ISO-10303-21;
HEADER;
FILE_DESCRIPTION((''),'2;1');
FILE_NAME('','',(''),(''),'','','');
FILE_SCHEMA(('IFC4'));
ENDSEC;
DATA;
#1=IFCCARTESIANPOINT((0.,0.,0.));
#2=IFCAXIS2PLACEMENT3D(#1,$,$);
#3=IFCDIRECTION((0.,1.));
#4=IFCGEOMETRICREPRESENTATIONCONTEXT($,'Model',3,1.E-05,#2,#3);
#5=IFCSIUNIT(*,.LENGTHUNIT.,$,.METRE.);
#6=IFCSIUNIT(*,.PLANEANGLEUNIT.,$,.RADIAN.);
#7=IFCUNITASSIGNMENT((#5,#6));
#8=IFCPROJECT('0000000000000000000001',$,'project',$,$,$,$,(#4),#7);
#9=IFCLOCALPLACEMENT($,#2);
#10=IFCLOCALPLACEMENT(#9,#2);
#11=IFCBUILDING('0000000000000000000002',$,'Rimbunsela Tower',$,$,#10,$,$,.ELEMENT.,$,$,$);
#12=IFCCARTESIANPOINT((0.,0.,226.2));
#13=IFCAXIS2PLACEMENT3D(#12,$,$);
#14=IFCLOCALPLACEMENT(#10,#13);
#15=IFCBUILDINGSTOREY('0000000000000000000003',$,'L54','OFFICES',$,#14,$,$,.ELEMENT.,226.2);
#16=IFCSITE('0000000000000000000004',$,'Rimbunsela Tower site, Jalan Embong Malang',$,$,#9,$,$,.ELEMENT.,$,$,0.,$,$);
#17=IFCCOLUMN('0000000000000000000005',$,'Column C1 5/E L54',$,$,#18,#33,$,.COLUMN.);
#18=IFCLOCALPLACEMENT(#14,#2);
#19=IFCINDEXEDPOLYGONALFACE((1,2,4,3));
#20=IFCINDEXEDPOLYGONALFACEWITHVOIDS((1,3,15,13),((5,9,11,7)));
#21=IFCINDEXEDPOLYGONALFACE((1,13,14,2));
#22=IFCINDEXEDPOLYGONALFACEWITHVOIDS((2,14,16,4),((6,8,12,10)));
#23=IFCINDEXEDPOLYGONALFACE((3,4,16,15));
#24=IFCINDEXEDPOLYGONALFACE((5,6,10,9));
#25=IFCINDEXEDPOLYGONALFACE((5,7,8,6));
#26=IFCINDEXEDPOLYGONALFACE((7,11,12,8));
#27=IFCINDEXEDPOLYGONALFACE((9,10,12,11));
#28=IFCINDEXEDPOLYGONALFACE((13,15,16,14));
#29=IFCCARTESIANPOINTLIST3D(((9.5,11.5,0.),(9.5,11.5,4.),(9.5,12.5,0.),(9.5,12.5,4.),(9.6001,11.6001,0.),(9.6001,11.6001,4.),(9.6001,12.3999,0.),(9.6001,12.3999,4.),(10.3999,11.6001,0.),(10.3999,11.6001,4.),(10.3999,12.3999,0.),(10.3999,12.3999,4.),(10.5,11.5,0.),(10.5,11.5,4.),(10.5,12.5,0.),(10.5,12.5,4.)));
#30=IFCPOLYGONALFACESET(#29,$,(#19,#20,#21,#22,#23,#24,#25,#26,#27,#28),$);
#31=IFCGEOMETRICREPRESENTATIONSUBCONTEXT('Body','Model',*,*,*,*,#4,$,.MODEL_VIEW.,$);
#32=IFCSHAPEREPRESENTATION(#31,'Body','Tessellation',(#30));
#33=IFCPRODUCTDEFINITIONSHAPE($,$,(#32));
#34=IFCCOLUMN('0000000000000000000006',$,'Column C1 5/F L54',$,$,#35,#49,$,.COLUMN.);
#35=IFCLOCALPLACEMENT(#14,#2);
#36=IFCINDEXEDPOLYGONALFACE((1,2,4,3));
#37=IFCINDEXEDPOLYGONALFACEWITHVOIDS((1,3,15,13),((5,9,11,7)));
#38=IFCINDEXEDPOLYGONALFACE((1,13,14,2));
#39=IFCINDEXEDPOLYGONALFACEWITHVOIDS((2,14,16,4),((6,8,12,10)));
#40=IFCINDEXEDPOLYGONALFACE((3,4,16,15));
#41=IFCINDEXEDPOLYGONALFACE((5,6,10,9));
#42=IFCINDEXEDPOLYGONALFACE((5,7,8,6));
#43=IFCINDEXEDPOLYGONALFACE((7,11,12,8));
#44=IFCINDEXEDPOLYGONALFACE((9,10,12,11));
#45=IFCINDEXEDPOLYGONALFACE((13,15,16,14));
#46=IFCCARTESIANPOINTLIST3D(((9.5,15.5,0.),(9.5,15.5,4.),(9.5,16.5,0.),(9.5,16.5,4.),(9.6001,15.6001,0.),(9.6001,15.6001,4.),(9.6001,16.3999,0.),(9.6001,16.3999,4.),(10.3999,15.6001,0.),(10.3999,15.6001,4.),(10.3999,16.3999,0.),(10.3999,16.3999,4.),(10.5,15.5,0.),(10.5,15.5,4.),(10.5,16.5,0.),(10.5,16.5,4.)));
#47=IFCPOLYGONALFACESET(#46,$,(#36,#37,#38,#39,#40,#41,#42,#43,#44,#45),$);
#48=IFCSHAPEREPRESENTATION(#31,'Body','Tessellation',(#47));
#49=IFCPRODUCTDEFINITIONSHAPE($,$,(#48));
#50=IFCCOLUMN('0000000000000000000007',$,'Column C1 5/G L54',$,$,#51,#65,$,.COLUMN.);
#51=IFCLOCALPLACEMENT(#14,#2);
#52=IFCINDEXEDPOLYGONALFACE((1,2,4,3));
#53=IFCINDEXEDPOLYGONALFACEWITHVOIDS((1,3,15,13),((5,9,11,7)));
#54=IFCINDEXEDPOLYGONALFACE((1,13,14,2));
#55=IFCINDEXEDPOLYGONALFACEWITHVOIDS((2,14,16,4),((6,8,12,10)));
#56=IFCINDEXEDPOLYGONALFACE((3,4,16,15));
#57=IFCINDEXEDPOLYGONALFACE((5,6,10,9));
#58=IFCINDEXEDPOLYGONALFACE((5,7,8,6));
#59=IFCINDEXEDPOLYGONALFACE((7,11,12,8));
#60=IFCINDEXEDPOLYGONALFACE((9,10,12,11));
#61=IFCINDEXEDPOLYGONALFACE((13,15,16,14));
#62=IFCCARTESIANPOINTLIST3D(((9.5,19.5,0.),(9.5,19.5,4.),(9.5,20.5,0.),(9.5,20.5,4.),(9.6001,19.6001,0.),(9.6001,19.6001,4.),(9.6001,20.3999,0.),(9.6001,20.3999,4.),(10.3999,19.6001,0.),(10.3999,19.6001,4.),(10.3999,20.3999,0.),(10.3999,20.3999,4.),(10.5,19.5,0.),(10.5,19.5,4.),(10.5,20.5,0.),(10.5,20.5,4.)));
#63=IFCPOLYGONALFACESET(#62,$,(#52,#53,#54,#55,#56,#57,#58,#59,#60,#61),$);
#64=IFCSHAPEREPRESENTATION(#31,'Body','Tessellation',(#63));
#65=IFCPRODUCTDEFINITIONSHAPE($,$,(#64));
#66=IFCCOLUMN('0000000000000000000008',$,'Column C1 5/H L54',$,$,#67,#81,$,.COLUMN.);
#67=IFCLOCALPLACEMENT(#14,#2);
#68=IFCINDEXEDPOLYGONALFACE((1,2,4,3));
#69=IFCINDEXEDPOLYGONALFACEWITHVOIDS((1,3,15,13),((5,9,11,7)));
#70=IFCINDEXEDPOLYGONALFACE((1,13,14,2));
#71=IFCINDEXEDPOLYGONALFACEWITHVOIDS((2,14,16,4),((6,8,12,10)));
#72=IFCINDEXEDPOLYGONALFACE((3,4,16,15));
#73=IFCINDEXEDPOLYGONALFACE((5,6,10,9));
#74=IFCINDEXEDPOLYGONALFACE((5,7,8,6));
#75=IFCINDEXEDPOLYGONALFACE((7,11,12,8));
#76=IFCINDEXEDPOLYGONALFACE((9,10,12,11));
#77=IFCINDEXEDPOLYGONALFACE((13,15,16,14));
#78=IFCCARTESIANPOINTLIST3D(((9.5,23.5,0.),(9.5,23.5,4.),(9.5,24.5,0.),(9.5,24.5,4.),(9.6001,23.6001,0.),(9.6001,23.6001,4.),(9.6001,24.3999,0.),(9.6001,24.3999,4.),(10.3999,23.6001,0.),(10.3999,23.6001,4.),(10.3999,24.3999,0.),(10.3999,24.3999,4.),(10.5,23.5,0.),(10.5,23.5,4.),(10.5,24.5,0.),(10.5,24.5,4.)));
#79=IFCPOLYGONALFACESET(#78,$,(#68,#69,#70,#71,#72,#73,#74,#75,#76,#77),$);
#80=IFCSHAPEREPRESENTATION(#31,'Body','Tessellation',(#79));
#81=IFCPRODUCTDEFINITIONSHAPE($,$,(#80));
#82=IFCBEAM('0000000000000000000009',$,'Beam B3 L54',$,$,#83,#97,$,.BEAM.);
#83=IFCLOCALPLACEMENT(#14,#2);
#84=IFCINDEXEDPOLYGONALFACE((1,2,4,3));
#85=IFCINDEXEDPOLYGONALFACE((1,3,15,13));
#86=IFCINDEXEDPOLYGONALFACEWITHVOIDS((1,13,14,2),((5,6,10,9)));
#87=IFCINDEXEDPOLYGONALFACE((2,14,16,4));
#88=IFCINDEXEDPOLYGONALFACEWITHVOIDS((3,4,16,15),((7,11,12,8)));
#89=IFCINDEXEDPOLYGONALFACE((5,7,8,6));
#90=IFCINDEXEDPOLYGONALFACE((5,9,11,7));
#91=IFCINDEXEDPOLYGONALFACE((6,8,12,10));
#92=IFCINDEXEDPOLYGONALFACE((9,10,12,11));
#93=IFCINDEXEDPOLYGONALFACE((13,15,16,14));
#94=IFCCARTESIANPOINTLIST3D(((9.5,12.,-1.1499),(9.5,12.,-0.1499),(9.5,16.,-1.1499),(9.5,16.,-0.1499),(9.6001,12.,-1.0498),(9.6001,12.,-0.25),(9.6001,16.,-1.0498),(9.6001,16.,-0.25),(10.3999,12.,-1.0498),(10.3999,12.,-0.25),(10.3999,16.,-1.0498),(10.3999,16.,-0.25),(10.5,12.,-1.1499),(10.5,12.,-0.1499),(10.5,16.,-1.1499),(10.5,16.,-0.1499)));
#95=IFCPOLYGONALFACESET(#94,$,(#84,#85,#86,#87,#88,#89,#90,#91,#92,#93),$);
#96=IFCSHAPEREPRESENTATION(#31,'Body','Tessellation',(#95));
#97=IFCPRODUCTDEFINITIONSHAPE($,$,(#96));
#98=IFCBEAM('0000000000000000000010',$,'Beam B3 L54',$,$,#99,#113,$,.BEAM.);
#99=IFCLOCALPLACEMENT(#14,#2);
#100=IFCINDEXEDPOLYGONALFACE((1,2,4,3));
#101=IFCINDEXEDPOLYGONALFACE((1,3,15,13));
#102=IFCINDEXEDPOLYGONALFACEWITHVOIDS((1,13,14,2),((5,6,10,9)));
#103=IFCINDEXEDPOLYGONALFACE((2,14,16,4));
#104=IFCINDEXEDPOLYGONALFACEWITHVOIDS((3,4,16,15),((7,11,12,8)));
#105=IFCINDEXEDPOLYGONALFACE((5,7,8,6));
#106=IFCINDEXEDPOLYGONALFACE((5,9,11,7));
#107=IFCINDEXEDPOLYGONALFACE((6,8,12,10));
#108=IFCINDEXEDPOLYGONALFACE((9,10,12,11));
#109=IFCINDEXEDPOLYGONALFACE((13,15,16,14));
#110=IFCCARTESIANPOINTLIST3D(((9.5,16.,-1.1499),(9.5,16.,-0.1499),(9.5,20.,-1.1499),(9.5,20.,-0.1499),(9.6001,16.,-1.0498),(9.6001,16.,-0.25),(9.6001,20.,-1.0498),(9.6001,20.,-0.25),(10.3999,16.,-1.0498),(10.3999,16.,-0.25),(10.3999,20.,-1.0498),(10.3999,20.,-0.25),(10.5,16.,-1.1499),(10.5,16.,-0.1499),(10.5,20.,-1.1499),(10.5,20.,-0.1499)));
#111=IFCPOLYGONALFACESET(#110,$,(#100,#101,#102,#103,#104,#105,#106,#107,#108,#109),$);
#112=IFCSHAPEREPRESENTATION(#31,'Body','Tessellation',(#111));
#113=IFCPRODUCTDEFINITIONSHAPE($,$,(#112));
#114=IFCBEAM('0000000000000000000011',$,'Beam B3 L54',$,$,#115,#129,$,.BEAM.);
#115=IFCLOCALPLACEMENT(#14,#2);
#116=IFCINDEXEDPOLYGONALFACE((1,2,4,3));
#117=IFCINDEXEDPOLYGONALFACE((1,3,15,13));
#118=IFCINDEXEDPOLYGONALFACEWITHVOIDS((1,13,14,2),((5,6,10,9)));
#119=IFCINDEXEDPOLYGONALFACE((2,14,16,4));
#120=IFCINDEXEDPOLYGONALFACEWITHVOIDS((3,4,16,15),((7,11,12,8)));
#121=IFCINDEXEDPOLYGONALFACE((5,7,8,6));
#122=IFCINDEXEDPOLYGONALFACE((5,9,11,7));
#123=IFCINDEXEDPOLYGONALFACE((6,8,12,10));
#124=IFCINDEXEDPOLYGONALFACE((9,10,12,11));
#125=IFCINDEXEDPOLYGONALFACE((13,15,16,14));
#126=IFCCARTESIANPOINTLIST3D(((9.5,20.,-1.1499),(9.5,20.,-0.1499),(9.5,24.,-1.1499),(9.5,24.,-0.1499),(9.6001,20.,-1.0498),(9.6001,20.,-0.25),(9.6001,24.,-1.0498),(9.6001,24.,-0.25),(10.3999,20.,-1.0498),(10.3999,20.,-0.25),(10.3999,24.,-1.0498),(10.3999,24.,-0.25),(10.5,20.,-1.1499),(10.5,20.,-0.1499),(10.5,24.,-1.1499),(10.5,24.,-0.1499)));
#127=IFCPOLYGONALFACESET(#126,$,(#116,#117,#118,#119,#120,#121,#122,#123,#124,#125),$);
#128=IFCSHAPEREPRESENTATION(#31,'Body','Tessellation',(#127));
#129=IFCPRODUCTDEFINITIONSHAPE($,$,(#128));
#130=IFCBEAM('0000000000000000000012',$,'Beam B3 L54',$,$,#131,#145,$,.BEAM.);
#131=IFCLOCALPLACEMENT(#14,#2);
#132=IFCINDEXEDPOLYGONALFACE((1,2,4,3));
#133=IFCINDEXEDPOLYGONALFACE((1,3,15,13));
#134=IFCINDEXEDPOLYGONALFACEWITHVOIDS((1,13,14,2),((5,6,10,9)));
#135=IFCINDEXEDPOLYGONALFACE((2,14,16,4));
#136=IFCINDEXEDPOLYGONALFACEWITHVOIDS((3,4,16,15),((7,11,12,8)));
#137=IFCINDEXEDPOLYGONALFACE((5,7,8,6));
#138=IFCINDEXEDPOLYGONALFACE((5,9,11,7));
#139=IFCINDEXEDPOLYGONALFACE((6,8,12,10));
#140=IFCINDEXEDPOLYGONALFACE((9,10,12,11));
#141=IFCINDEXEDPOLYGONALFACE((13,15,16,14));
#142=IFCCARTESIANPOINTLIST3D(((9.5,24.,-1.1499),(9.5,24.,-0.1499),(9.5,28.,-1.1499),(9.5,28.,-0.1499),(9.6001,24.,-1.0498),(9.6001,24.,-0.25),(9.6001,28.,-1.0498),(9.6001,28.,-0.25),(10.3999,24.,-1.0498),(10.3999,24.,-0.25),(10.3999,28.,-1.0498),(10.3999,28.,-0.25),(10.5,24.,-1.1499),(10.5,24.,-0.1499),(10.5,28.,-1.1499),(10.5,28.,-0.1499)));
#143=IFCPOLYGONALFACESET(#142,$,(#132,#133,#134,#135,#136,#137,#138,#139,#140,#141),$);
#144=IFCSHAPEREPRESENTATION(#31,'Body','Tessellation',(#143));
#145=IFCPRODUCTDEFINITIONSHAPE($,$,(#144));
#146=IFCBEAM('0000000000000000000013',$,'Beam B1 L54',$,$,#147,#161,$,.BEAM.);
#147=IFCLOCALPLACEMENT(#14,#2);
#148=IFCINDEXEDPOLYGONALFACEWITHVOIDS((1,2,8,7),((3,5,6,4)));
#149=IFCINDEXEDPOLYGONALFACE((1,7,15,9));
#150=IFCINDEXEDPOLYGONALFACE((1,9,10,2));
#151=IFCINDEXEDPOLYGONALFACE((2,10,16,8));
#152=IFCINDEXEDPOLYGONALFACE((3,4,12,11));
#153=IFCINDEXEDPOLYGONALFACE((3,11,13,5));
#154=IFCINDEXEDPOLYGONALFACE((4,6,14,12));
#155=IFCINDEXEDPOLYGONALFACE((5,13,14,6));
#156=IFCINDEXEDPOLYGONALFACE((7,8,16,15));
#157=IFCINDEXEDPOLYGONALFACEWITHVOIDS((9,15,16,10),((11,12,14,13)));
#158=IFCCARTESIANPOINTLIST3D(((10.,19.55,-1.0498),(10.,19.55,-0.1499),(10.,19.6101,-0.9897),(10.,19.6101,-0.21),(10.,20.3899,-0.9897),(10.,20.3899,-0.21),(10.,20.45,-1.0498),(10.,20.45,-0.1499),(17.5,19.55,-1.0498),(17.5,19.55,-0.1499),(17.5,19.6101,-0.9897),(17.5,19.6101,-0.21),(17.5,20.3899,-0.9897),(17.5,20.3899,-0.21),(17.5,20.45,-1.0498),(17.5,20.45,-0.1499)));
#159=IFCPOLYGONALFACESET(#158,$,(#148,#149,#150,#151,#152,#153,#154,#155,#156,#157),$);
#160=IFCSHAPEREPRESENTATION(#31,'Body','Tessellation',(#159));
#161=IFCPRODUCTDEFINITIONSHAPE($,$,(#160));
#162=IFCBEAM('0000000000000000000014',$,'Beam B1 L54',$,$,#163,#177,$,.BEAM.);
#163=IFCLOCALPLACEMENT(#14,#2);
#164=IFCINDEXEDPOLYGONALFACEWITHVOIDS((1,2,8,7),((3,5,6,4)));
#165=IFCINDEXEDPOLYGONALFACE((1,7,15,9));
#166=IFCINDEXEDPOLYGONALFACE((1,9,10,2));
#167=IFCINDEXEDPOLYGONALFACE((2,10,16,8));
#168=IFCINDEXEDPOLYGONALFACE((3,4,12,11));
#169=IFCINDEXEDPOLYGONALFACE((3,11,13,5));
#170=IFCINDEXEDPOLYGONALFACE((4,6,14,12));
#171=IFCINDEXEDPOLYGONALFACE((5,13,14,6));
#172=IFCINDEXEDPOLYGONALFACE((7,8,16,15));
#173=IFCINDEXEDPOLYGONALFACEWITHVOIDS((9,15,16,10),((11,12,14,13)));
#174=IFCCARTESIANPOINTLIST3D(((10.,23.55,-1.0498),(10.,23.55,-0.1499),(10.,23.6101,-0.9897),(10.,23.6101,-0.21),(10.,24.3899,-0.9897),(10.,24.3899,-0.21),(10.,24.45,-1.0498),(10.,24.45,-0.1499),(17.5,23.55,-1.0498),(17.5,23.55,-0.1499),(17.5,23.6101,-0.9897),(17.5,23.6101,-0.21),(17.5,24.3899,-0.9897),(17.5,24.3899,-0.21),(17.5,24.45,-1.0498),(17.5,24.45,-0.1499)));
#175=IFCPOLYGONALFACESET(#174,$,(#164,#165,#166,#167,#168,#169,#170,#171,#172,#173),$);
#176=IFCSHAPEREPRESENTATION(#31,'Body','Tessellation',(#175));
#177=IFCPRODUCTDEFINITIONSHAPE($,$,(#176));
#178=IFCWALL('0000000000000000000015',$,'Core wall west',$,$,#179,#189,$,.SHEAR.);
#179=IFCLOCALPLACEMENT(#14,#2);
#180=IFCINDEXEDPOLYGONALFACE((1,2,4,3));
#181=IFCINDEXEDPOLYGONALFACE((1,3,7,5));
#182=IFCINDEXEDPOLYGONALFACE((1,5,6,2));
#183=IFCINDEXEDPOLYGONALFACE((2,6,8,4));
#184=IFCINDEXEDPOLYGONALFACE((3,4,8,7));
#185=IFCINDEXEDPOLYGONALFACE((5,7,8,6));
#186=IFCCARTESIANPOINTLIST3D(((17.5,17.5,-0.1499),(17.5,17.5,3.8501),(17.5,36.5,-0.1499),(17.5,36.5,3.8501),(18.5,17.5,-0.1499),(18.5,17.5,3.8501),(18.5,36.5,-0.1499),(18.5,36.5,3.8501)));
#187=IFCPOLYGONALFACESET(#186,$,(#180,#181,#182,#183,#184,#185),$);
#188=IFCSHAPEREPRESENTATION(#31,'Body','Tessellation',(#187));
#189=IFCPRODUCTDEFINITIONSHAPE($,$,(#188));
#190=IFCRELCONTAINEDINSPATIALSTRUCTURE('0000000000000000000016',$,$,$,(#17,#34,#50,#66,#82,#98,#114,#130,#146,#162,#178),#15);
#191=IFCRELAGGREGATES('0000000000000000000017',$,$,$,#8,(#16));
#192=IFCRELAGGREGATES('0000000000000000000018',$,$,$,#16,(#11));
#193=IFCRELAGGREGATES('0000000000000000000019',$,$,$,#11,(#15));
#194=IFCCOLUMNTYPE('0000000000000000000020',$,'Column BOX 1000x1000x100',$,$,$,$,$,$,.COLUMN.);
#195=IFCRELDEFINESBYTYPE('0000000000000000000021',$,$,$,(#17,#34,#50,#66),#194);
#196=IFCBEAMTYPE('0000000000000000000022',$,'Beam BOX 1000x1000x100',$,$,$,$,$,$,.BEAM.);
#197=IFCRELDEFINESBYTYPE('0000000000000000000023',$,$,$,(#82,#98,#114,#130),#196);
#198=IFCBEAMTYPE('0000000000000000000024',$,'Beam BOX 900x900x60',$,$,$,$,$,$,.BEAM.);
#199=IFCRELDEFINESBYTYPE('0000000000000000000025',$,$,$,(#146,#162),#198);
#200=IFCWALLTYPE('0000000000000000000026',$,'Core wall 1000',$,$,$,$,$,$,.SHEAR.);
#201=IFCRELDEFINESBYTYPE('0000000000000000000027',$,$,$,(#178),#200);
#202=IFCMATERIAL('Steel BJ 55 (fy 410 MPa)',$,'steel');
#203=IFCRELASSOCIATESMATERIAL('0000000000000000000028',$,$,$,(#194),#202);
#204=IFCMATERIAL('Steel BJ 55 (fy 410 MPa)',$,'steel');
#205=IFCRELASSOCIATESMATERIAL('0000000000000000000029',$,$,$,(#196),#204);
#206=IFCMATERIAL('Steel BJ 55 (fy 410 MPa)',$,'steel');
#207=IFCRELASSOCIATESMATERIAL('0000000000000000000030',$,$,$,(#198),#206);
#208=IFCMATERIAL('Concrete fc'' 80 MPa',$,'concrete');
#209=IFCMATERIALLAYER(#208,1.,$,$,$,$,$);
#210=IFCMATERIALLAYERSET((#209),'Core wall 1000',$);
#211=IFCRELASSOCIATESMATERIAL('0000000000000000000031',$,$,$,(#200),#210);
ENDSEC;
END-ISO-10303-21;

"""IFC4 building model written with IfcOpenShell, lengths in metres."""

from ifc_helpers import new_model, si_unit, direction, frame, frame_2d, origin, origin_2d, place, context, subcontext, project, spatial, rectangle, hollow_rectangle, extrude, material, layer, layer_set, material_profile, profile_set, type_object, element, save


model = new_model("IFC4")

# Units and contexts
model_context = context("Model", 3, precision=1e-05, world=origin(), true_north=direction((0.0, 1.0)))
body_context = subcontext(model_context, "Body", "Model", "MODEL_VIEW")
ifc_project = project(units=[si_unit("LENGTHUNIT", "METRE"), si_unit("PLANEANGLEUNIT", "RADIAN")], contexts=[model_context])

# Site, building, storey
site_placement = place(None, origin())
site = spatial("IfcSite", under=ifc_project, at=site_placement, Name="Rimbunsela Tower site, Jalan Embong Malang", CompositionType="ELEMENT", RefElevation=0.0)
building_placement = place(site_placement, origin())
building = spatial("IfcBuilding", under=site, at=building_placement, Name="Rimbunsela Tower", CompositionType="ELEMENT")
storey_placement = place(building_placement, frame((0.0, 0.0, 226.2)))
storey = spatial("IfcBuildingStorey", under=building, at=storey_placement, Name="L54", Description="OFFICES", CompositionType="ELEMENT", Elevation=226.2)

# Columns
ifc_material_1 = material(Name="Steel BJ 55 (fy 410 MPa)", Category="steel")
ifc_material_profile_1 = material_profile(ifc_material_1, hollow_rectangle(XDim=1.0, YDim=1.0, WallThickness=0.1001, at=origin_2d()), Name="BOX 1000x1000x100")
ifc_profile_set_1 = profile_set([ifc_material_profile_1], Name="Steel BJ 55 (fy 410 MPa)")
column_type = type_object("IfcColumnType", Name="Column BOX 1000x1000x100", PredefinedType="COLUMN", material=ifc_profile_set_1)
for number, where, z_axis, x_axis, name in (
    (1, (10.0, 12.0, 0.0), (0.0, 0.0, 1.0), (1.0, 0.0, 0.0), "Column C1 5/E L54"),
    (2, (10.0, 16.0, 0.0), (0.0, 0.0, 1.0), (1.0, 0.0, 0.0), "Column C1 5/F L54"),
    (3, (10.0, 20.0, 0.0), (0.0, 0.0, 1.0), (1.0, 0.0, 0.0), "Column C1 5/G L54"),
    (4, (10.0, 24.0, 0.0), (0.0, 0.0, 1.0), (1.0, 0.0, 0.0), "Column C1 5/H L54"),
):
    element("IfcColumn", number, at=place(storey_placement, frame(where, z_axis=z_axis, x_axis=x_axis)), inside=storey, type_object=column_type, Name=name, PredefinedType="COLUMN", context=body_context, shape_type="SweptSolid", body=[
        extrude(hollow_rectangle(XDim=1.0, YDim=1.0, WallThickness=0.1001, at=origin_2d()), origin(), (0.0, 0.0, 1.0), 4.0),
    ])

# Beams
ifc_material_2 = material(Name="Steel BJ 55 (fy 410 MPa)", Category="steel")
ifc_material_profile_2 = material_profile(ifc_material_2, hollow_rectangle(XDim=1.0, YDim=1.0, WallThickness=0.1001, at=origin_2d()), Name="BOX 1000x1000x100")
ifc_profile_set_2 = profile_set([ifc_material_profile_2], Name="Steel BJ 55 (fy 410 MPa)")
beam_type_1 = type_object("IfcBeamType", Name="Beam BOX 1000x1000x100", PredefinedType="BEAM", material=ifc_profile_set_2)
for number, where, z_axis, x_axis, name in (
    (5, (10.0, 12.0, -0.6499), (0.0, 1.0, 0.0), (-1.0, 0.0, 0.0), "Beam B3 L54"),
    (6, (10.0, 16.0, -0.6499), (0.0, 1.0, 0.0), (-1.0, 0.0, 0.0), "Beam B3 L54"),
    (7, (10.0, 20.0, -0.6499), (0.0, 1.0, 0.0), (-1.0, 0.0, 0.0), "Beam B3 L54"),
    (8, (10.0, 24.0, -0.6499), (0.0, 1.0, 0.0), (-1.0, 0.0, 0.0), "Beam B3 L54"),
):
    element("IfcBeam", number, at=place(storey_placement, frame(where, z_axis=z_axis, x_axis=x_axis)), inside=storey, type_object=beam_type_1, Name=name, PredefinedType="BEAM", context=body_context, shape_type="SweptSolid", body=[
        extrude(hollow_rectangle(XDim=1.0, YDim=1.0, WallThickness=0.1001, at=origin_2d()), origin(), (0.0, 0.0, 1.0), 4.0),
    ])
ifc_material_3 = material(Name="Steel BJ 55 (fy 410 MPa)", Category="steel")
ifc_material_profile_3 = material_profile(ifc_material_3, hollow_rectangle(XDim=0.8999, YDim=0.8999, WallThickness=0.0601, at=origin_2d()), Name="BOX 900x900x60")
ifc_profile_set_3 = profile_set([ifc_material_profile_3], Name="Steel BJ 55 (fy 410 MPa)")
beam_type_2 = type_object("IfcBeamType", Name="Beam BOX 900x900x60", PredefinedType="BEAM", material=ifc_profile_set_3)
for number, where, z_axis, x_axis, name in (
    (9, (10.0, 20.0, -0.5999), (1.0, 0.0, 0.0), (0.0, 1.0, 0.0), "Beam B1 L54"),
    (10, (10.0, 24.0, -0.5999), (1.0, 0.0, 0.0), (0.0, 1.0, 0.0), "Beam B1 L54"),
):
    element("IfcBeam", number, at=place(storey_placement, frame(where, z_axis=z_axis, x_axis=x_axis)), inside=storey, type_object=beam_type_2, Name=name, PredefinedType="BEAM", context=body_context, shape_type="SweptSolid", body=[
        extrude(hollow_rectangle(XDim=0.8999, YDim=0.8999, WallThickness=0.0601, at=origin_2d()), origin(), (0.0, 0.0, 1.0), 7.5),
    ])

# Wall
ifc_material_4 = material(Name="Concrete fc' 80 MPa", Category="concrete")
ifc_layer_1 = layer(ifc_material_4, 1.0)
ifc_layer_set_1 = layer_set([ifc_layer_1], Name="Core wall 1000")
wall_type_1 = type_object("IfcWallType", Name="Core wall 1000", PredefinedType="SHEAR", material=ifc_layer_set_1)
wall_1_placement = place(storey_placement, frame((18.0, 17.5, -0.1499), z_axis=(0.0, 0.0, 1.0), x_axis=(0.0, 1.0, 0.0)))
element("IfcWall", 11, at=wall_1_placement, inside=storey, type_object=wall_type_1, Name="Core wall west", PredefinedType="SHEAR", context=body_context, shape_type="SweptSolid", body=[
    extrude(rectangle(XDim=19.0, YDim=1.0, at=frame_2d((9.5, 0.0))), origin(), (0.0, 0.0, 1.0), 4.0),
])

save(model, "model.ifc")
